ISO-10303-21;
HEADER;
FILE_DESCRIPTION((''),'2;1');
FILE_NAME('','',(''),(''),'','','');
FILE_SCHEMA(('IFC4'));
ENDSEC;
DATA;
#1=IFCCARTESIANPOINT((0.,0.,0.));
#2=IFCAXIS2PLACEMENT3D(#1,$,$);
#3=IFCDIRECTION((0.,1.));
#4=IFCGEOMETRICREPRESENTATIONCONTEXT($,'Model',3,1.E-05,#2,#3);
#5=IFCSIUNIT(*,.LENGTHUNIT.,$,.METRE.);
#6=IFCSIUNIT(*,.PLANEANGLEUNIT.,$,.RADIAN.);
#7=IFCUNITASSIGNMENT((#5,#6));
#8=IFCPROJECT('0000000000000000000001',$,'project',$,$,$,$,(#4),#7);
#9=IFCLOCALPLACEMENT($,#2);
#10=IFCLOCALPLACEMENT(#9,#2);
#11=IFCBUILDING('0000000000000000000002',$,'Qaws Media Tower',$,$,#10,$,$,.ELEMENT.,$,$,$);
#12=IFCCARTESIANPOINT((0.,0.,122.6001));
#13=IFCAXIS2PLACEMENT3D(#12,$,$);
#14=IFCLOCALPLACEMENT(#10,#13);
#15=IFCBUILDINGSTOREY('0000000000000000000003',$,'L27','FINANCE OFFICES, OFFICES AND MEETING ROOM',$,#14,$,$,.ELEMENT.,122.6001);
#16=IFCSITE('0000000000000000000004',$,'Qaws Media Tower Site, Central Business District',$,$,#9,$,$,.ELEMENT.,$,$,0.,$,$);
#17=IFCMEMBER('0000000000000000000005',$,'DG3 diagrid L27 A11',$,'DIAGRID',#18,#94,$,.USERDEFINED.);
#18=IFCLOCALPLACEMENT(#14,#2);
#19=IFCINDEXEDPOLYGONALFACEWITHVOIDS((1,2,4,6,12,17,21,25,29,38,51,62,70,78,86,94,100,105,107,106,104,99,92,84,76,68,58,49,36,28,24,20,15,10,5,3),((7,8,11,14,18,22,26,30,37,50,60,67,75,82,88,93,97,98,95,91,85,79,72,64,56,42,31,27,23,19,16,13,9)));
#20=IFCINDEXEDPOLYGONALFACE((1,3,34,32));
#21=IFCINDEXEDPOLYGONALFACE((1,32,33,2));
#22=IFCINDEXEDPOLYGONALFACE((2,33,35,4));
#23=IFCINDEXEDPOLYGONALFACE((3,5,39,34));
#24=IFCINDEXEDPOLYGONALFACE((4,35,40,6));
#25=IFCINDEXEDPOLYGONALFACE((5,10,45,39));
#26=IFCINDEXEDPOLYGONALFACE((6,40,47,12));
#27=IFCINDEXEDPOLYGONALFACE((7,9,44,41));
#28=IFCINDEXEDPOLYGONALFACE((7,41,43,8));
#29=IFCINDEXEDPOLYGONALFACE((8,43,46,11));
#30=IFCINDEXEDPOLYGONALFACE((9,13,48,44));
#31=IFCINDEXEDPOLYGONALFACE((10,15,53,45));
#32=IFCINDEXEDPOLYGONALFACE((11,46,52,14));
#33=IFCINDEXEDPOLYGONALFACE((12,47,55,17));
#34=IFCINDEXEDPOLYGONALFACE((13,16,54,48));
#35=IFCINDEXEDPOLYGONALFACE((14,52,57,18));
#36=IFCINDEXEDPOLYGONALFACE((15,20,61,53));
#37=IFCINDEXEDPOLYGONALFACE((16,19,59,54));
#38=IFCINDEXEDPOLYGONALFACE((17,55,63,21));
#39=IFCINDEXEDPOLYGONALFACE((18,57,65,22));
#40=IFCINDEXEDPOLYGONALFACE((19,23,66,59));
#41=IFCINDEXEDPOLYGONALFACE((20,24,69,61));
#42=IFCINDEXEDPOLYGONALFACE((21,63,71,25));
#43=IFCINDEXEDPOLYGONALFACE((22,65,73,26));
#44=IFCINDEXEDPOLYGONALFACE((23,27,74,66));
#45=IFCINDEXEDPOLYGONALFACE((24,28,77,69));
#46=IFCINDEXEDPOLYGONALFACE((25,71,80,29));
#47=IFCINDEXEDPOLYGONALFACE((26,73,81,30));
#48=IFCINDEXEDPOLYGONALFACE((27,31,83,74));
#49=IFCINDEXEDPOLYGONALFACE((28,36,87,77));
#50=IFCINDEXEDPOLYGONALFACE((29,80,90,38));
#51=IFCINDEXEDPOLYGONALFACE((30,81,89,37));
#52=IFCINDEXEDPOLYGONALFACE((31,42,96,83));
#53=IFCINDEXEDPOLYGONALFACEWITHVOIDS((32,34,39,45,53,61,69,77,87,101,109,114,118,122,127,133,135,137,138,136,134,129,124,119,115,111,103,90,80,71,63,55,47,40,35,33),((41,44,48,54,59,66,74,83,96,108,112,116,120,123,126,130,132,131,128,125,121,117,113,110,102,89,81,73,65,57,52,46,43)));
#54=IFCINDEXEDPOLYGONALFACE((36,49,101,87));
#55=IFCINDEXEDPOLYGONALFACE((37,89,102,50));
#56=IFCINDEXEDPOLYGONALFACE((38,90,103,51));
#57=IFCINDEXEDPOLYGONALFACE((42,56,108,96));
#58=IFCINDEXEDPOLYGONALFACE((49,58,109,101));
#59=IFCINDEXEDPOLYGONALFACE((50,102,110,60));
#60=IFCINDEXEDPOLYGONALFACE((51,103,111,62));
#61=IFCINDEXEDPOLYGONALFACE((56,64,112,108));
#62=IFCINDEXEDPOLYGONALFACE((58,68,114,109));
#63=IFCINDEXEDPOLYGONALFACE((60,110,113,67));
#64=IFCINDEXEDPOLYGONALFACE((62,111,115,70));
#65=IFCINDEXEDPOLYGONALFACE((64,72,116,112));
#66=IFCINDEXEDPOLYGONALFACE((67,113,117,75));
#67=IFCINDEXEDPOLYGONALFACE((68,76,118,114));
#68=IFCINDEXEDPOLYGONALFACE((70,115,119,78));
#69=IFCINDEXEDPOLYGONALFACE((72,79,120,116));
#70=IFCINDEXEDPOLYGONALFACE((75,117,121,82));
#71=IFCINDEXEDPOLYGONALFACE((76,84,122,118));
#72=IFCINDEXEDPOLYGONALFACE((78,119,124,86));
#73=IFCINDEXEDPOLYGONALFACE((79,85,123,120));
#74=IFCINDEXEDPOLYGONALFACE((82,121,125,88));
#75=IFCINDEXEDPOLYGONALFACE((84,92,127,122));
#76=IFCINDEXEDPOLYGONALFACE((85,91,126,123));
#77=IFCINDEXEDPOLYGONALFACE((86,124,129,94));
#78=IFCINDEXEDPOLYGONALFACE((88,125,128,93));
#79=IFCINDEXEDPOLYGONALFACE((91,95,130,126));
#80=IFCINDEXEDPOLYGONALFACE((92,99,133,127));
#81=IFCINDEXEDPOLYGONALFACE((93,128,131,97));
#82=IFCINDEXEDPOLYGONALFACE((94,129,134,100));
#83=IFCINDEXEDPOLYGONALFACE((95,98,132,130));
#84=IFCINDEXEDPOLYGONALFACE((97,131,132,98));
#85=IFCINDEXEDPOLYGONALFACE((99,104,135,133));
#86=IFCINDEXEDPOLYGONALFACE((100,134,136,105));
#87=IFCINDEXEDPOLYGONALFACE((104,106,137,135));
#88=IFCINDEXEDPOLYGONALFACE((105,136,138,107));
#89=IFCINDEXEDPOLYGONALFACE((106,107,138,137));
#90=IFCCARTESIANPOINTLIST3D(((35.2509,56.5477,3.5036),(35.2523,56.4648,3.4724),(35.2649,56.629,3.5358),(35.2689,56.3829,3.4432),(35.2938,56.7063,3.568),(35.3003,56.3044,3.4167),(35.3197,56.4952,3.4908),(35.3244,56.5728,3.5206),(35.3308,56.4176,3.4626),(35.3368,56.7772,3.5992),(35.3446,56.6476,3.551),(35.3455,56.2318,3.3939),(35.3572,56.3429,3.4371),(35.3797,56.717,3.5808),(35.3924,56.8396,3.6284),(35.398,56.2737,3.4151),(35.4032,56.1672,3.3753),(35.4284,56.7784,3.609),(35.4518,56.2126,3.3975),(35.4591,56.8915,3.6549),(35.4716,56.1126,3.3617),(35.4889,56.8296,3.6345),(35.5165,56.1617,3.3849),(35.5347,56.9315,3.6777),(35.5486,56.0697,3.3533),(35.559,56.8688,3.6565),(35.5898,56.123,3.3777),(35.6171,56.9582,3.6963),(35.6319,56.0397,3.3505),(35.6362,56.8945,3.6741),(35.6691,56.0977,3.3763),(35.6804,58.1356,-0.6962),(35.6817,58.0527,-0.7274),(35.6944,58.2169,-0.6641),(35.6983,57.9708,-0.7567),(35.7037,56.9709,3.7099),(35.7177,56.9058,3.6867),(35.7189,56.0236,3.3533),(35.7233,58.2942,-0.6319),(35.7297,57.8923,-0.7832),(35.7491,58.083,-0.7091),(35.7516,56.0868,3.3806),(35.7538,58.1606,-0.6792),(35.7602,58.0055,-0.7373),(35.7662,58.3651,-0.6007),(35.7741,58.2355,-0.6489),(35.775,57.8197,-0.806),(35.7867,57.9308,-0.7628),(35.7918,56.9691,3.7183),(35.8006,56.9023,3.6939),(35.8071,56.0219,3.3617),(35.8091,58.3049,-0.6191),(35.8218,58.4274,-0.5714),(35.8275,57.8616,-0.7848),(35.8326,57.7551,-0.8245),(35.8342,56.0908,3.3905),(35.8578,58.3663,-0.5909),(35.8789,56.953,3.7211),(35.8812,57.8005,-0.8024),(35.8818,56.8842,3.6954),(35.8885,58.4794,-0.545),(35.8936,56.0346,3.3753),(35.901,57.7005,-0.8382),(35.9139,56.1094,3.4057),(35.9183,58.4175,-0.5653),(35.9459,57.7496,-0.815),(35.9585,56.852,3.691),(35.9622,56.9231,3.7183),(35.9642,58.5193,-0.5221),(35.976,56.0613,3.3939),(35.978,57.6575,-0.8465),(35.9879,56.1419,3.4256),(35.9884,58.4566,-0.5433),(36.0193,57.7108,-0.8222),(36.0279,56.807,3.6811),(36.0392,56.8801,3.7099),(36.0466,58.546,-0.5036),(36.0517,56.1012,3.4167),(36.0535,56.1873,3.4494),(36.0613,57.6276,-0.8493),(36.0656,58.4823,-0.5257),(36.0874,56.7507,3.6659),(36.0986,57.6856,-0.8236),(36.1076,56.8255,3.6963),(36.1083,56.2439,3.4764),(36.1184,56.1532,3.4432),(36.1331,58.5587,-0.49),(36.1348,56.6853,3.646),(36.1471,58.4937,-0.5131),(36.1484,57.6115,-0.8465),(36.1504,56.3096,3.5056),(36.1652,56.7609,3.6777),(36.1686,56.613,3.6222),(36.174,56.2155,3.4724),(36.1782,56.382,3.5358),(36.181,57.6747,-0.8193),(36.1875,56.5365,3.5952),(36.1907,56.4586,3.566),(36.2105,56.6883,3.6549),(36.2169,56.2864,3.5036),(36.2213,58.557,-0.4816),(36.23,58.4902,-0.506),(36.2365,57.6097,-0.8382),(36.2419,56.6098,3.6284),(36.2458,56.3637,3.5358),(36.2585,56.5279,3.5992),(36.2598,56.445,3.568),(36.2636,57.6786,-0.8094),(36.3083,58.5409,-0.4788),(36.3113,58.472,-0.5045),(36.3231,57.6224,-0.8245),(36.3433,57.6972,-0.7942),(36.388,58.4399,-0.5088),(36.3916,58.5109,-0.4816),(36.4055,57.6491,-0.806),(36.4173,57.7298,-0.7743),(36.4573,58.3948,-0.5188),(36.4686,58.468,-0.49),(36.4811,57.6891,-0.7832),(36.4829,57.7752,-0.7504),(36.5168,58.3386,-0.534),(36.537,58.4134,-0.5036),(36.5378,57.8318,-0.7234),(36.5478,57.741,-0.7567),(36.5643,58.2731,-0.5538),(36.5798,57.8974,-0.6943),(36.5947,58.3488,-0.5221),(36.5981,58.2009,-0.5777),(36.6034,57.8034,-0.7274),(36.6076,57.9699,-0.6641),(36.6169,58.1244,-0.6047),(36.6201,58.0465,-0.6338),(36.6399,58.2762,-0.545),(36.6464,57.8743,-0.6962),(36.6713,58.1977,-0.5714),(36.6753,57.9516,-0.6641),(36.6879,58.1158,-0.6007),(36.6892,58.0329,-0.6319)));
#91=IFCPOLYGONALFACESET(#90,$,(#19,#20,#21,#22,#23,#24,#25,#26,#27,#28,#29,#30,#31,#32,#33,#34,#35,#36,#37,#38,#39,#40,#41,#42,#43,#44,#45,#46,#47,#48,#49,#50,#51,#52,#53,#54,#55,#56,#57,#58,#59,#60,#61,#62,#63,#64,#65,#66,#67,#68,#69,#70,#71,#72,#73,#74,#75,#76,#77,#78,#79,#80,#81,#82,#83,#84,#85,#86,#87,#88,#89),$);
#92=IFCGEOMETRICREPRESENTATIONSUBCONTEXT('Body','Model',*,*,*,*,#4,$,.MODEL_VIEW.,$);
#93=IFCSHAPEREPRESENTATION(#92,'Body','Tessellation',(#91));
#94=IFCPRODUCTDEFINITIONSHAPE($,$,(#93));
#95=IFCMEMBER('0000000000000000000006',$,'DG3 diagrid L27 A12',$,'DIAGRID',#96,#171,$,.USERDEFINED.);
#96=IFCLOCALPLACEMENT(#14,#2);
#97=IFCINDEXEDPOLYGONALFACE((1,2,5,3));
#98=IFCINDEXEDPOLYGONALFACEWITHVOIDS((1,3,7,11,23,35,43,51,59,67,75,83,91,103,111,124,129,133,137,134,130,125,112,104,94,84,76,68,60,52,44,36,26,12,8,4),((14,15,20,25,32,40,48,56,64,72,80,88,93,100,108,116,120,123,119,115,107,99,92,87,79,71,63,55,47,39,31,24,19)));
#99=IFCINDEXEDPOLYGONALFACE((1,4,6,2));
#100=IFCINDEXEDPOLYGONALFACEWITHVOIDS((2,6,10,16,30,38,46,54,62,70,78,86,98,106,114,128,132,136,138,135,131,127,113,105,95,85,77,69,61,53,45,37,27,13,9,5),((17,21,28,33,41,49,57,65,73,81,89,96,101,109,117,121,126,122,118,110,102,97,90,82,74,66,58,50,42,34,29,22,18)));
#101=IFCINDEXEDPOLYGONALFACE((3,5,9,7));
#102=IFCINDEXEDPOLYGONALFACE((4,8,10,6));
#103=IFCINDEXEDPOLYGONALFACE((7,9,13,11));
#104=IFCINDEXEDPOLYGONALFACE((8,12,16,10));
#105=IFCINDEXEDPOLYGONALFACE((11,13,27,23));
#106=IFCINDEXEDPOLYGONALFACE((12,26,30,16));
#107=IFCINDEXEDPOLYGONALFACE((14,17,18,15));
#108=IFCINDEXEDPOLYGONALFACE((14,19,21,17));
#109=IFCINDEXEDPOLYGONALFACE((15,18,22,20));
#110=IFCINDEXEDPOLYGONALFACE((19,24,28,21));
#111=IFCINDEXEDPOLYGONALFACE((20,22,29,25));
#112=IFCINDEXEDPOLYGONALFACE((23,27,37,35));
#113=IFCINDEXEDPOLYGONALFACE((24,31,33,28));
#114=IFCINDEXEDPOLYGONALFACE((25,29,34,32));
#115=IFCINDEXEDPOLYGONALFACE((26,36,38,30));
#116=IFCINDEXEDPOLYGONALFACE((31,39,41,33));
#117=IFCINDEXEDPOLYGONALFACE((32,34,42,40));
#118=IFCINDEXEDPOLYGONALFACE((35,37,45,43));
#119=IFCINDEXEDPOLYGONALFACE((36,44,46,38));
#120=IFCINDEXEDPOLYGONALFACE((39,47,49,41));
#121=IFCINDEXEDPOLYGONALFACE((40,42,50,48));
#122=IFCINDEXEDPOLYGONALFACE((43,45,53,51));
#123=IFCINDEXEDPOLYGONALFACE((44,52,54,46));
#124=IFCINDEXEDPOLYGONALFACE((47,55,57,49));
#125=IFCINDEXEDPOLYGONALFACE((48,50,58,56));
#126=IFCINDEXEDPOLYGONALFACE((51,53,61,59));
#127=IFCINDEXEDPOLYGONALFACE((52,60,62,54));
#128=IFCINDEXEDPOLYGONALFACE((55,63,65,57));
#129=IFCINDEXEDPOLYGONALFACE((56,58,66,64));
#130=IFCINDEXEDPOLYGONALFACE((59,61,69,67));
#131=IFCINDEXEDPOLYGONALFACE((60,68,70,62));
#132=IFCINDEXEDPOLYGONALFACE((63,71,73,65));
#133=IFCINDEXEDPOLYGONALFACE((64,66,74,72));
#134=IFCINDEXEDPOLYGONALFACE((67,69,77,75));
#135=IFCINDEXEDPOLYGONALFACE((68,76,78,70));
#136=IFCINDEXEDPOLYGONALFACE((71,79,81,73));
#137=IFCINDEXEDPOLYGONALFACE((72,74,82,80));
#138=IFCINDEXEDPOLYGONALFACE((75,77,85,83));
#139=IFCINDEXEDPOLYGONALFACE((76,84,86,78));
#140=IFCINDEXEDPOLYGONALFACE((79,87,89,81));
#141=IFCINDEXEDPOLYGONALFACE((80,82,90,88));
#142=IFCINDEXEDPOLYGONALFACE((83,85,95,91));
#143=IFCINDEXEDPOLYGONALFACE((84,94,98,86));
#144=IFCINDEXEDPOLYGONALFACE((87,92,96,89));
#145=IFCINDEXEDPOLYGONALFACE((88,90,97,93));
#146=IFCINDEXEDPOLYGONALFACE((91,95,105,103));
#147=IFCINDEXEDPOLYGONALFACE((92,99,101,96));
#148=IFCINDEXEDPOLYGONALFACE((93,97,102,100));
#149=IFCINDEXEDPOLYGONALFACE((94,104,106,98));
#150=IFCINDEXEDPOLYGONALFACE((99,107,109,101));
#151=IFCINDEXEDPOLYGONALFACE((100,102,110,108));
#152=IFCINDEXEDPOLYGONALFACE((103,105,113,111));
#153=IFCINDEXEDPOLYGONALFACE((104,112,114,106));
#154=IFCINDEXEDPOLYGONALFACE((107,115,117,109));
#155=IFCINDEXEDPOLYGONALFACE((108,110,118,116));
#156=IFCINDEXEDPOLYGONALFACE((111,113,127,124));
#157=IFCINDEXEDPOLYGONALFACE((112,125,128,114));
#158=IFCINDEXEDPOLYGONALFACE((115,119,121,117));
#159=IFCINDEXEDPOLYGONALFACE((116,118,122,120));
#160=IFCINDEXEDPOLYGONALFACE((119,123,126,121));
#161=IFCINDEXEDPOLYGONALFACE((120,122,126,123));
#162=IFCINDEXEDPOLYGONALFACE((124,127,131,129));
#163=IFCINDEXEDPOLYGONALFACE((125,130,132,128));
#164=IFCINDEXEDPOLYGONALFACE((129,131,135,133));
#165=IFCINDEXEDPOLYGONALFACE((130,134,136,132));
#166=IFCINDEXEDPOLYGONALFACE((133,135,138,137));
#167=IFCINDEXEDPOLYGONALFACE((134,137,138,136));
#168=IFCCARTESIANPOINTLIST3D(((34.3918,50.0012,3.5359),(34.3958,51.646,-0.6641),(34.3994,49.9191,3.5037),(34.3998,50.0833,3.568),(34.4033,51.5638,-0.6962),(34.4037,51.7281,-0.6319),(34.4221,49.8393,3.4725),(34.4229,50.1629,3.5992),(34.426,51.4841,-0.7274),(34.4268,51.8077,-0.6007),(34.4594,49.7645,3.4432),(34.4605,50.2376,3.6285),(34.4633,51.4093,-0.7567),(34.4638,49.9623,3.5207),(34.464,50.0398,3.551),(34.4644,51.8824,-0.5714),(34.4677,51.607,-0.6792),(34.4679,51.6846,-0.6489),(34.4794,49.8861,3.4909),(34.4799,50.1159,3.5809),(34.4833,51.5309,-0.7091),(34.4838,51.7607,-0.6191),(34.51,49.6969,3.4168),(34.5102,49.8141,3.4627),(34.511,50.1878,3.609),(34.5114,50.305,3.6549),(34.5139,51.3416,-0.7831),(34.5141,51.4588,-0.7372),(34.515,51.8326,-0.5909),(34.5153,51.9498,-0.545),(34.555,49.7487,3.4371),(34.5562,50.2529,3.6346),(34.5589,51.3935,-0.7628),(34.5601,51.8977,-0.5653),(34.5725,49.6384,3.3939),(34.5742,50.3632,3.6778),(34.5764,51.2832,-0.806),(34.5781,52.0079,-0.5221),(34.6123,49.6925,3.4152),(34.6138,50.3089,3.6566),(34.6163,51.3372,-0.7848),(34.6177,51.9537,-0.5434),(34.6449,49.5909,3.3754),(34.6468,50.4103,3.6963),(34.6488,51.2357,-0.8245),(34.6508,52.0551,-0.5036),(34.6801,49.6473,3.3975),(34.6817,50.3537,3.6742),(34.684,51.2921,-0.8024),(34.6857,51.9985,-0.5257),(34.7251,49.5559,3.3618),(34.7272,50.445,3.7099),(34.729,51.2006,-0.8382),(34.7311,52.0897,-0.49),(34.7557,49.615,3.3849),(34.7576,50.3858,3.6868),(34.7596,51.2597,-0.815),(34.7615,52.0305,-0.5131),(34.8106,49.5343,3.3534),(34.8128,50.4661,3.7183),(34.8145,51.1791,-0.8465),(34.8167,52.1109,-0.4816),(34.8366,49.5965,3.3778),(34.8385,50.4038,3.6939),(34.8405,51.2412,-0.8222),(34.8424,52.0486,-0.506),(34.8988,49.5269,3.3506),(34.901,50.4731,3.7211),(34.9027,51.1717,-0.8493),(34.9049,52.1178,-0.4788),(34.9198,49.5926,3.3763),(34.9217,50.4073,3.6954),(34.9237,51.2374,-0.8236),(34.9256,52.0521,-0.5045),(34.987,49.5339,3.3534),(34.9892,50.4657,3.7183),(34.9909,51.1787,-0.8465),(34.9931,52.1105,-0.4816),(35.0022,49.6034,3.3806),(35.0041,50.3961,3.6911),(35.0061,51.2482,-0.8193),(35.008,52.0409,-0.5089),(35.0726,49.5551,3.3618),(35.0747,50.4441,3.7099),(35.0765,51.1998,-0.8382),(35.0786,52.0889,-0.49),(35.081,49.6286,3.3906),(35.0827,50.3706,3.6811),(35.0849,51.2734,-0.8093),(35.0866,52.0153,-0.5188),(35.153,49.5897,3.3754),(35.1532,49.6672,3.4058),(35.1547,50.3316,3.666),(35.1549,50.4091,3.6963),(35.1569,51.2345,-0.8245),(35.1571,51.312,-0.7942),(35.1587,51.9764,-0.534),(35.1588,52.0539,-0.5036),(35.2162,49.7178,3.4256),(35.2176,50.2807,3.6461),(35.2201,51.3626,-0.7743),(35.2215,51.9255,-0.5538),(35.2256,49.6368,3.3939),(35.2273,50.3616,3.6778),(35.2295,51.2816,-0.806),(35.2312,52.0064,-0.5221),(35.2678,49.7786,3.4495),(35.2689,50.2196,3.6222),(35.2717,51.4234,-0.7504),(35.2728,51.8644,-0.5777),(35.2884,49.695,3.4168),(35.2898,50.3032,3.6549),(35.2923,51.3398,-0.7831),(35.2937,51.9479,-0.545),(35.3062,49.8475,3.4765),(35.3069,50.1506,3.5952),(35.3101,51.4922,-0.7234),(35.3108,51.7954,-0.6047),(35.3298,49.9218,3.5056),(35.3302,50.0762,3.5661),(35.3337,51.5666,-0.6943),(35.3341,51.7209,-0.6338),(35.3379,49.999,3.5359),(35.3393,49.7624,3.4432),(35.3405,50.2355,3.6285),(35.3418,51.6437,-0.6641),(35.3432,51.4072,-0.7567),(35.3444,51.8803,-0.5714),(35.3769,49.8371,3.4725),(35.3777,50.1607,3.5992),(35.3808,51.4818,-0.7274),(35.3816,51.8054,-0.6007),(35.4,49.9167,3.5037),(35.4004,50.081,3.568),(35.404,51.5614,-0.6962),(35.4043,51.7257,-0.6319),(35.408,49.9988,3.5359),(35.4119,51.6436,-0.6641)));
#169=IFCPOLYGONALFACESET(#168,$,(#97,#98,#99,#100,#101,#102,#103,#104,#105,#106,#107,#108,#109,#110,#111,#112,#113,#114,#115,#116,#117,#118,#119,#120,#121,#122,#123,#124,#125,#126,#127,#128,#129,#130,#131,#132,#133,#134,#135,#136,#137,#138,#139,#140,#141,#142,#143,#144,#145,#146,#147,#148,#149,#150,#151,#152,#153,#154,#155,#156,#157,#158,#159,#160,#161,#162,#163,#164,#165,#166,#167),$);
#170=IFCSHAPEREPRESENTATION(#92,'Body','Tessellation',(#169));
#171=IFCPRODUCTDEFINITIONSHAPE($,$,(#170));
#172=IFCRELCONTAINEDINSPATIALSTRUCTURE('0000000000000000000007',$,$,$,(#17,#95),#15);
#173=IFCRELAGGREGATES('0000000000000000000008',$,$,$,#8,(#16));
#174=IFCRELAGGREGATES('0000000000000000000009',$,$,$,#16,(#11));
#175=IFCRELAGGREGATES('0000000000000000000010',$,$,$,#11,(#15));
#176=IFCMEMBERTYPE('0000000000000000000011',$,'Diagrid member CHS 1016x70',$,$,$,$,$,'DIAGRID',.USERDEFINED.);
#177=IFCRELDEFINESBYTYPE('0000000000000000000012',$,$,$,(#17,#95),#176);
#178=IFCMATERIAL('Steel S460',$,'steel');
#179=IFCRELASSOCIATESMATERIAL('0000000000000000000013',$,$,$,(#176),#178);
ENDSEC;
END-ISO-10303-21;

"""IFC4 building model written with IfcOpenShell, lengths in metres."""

from ifc_helpers import new_model, si_unit, direction, frame, origin, origin_2d, place, context, subcontext, project, spatial, hollow_circle, extrude, material, material_profile, profile_set, type_object, element, save


model = new_model("IFC4")

# Units and contexts
model_context = context("Model", 3, precision=1e-05, world=origin(), true_north=direction((0.0, 1.0)))
body_context = subcontext(model_context, "Body", "Model", "MODEL_VIEW")
ifc_project = project(units=[si_unit("LENGTHUNIT", "METRE"), si_unit("PLANEANGLEUNIT", "RADIAN")], contexts=[model_context])

# Site, building, storey
site_placement = place(None, origin())
site = spatial("IfcSite", under=ifc_project, at=site_placement, Name="Qaws Media Tower Site, Central Business District", CompositionType="ELEMENT", RefElevation=0.0)
building_placement = place(site_placement, origin())
building = spatial("IfcBuilding", under=site, at=building_placement, Name="Qaws Media Tower", CompositionType="ELEMENT")
storey_placement = place(building_placement, frame((0.0, 0.0, 122.6001)))
storey = spatial("IfcBuildingStorey", under=building, at=storey_placement, Name="L27", Description="FINANCE OFFICES, OFFICES AND MEETING ROOM", CompositionType="ELEMENT", Elevation=122.6001)

# Members
ifc_material_1 = material(Name="Steel S460", Category="steel")
ifc_material_profile_1 = material_profile(ifc_material_1, hollow_circle(Radius=0.5081, WallThickness=0.0701, at=origin_2d()), Name="CHS 1016x70")
ifc_profile_set_1 = profile_set([ifc_material_profile_1], Name="Steel S460")
member_type_1 = type_object("IfcMemberType", Name="Diagrid member CHS 1016x70", ElementType="DIAGRID", PredefinedType="USERDEFINED", material=ifc_profile_set_1)
for number, where, z_axis, x_axis, name in (
    (1, (36.1848, 58.0842, -0.6641), (-0.095208, -0.352036, 0.931132), (0.96532, -0.26107, 0.0), "DG3 diagrid L27 A11"),
    (2, (34.9038, 51.6448, -0.6641), (-0.000866, -0.364652, 0.931143), (0.999997, -0.002375, 0.0), "DG3 diagrid L27 A12"),
):
    element("IfcMember", number, at=place(storey_placement, frame(where, z_axis=z_axis, x_axis=x_axis)), inside=storey, type_object=member_type_1, Name=name, ObjectType="DIAGRID", PredefinedType="USERDEFINED", context=body_context, shape_type="SweptSolid", body=[
        extrude(hollow_circle(Radius=0.5081, WallThickness=0.0701, at=origin_2d()), origin(), (0.0, 0.0, 1.0), 4.5105),
    ])

save(model, "model.ifc")
